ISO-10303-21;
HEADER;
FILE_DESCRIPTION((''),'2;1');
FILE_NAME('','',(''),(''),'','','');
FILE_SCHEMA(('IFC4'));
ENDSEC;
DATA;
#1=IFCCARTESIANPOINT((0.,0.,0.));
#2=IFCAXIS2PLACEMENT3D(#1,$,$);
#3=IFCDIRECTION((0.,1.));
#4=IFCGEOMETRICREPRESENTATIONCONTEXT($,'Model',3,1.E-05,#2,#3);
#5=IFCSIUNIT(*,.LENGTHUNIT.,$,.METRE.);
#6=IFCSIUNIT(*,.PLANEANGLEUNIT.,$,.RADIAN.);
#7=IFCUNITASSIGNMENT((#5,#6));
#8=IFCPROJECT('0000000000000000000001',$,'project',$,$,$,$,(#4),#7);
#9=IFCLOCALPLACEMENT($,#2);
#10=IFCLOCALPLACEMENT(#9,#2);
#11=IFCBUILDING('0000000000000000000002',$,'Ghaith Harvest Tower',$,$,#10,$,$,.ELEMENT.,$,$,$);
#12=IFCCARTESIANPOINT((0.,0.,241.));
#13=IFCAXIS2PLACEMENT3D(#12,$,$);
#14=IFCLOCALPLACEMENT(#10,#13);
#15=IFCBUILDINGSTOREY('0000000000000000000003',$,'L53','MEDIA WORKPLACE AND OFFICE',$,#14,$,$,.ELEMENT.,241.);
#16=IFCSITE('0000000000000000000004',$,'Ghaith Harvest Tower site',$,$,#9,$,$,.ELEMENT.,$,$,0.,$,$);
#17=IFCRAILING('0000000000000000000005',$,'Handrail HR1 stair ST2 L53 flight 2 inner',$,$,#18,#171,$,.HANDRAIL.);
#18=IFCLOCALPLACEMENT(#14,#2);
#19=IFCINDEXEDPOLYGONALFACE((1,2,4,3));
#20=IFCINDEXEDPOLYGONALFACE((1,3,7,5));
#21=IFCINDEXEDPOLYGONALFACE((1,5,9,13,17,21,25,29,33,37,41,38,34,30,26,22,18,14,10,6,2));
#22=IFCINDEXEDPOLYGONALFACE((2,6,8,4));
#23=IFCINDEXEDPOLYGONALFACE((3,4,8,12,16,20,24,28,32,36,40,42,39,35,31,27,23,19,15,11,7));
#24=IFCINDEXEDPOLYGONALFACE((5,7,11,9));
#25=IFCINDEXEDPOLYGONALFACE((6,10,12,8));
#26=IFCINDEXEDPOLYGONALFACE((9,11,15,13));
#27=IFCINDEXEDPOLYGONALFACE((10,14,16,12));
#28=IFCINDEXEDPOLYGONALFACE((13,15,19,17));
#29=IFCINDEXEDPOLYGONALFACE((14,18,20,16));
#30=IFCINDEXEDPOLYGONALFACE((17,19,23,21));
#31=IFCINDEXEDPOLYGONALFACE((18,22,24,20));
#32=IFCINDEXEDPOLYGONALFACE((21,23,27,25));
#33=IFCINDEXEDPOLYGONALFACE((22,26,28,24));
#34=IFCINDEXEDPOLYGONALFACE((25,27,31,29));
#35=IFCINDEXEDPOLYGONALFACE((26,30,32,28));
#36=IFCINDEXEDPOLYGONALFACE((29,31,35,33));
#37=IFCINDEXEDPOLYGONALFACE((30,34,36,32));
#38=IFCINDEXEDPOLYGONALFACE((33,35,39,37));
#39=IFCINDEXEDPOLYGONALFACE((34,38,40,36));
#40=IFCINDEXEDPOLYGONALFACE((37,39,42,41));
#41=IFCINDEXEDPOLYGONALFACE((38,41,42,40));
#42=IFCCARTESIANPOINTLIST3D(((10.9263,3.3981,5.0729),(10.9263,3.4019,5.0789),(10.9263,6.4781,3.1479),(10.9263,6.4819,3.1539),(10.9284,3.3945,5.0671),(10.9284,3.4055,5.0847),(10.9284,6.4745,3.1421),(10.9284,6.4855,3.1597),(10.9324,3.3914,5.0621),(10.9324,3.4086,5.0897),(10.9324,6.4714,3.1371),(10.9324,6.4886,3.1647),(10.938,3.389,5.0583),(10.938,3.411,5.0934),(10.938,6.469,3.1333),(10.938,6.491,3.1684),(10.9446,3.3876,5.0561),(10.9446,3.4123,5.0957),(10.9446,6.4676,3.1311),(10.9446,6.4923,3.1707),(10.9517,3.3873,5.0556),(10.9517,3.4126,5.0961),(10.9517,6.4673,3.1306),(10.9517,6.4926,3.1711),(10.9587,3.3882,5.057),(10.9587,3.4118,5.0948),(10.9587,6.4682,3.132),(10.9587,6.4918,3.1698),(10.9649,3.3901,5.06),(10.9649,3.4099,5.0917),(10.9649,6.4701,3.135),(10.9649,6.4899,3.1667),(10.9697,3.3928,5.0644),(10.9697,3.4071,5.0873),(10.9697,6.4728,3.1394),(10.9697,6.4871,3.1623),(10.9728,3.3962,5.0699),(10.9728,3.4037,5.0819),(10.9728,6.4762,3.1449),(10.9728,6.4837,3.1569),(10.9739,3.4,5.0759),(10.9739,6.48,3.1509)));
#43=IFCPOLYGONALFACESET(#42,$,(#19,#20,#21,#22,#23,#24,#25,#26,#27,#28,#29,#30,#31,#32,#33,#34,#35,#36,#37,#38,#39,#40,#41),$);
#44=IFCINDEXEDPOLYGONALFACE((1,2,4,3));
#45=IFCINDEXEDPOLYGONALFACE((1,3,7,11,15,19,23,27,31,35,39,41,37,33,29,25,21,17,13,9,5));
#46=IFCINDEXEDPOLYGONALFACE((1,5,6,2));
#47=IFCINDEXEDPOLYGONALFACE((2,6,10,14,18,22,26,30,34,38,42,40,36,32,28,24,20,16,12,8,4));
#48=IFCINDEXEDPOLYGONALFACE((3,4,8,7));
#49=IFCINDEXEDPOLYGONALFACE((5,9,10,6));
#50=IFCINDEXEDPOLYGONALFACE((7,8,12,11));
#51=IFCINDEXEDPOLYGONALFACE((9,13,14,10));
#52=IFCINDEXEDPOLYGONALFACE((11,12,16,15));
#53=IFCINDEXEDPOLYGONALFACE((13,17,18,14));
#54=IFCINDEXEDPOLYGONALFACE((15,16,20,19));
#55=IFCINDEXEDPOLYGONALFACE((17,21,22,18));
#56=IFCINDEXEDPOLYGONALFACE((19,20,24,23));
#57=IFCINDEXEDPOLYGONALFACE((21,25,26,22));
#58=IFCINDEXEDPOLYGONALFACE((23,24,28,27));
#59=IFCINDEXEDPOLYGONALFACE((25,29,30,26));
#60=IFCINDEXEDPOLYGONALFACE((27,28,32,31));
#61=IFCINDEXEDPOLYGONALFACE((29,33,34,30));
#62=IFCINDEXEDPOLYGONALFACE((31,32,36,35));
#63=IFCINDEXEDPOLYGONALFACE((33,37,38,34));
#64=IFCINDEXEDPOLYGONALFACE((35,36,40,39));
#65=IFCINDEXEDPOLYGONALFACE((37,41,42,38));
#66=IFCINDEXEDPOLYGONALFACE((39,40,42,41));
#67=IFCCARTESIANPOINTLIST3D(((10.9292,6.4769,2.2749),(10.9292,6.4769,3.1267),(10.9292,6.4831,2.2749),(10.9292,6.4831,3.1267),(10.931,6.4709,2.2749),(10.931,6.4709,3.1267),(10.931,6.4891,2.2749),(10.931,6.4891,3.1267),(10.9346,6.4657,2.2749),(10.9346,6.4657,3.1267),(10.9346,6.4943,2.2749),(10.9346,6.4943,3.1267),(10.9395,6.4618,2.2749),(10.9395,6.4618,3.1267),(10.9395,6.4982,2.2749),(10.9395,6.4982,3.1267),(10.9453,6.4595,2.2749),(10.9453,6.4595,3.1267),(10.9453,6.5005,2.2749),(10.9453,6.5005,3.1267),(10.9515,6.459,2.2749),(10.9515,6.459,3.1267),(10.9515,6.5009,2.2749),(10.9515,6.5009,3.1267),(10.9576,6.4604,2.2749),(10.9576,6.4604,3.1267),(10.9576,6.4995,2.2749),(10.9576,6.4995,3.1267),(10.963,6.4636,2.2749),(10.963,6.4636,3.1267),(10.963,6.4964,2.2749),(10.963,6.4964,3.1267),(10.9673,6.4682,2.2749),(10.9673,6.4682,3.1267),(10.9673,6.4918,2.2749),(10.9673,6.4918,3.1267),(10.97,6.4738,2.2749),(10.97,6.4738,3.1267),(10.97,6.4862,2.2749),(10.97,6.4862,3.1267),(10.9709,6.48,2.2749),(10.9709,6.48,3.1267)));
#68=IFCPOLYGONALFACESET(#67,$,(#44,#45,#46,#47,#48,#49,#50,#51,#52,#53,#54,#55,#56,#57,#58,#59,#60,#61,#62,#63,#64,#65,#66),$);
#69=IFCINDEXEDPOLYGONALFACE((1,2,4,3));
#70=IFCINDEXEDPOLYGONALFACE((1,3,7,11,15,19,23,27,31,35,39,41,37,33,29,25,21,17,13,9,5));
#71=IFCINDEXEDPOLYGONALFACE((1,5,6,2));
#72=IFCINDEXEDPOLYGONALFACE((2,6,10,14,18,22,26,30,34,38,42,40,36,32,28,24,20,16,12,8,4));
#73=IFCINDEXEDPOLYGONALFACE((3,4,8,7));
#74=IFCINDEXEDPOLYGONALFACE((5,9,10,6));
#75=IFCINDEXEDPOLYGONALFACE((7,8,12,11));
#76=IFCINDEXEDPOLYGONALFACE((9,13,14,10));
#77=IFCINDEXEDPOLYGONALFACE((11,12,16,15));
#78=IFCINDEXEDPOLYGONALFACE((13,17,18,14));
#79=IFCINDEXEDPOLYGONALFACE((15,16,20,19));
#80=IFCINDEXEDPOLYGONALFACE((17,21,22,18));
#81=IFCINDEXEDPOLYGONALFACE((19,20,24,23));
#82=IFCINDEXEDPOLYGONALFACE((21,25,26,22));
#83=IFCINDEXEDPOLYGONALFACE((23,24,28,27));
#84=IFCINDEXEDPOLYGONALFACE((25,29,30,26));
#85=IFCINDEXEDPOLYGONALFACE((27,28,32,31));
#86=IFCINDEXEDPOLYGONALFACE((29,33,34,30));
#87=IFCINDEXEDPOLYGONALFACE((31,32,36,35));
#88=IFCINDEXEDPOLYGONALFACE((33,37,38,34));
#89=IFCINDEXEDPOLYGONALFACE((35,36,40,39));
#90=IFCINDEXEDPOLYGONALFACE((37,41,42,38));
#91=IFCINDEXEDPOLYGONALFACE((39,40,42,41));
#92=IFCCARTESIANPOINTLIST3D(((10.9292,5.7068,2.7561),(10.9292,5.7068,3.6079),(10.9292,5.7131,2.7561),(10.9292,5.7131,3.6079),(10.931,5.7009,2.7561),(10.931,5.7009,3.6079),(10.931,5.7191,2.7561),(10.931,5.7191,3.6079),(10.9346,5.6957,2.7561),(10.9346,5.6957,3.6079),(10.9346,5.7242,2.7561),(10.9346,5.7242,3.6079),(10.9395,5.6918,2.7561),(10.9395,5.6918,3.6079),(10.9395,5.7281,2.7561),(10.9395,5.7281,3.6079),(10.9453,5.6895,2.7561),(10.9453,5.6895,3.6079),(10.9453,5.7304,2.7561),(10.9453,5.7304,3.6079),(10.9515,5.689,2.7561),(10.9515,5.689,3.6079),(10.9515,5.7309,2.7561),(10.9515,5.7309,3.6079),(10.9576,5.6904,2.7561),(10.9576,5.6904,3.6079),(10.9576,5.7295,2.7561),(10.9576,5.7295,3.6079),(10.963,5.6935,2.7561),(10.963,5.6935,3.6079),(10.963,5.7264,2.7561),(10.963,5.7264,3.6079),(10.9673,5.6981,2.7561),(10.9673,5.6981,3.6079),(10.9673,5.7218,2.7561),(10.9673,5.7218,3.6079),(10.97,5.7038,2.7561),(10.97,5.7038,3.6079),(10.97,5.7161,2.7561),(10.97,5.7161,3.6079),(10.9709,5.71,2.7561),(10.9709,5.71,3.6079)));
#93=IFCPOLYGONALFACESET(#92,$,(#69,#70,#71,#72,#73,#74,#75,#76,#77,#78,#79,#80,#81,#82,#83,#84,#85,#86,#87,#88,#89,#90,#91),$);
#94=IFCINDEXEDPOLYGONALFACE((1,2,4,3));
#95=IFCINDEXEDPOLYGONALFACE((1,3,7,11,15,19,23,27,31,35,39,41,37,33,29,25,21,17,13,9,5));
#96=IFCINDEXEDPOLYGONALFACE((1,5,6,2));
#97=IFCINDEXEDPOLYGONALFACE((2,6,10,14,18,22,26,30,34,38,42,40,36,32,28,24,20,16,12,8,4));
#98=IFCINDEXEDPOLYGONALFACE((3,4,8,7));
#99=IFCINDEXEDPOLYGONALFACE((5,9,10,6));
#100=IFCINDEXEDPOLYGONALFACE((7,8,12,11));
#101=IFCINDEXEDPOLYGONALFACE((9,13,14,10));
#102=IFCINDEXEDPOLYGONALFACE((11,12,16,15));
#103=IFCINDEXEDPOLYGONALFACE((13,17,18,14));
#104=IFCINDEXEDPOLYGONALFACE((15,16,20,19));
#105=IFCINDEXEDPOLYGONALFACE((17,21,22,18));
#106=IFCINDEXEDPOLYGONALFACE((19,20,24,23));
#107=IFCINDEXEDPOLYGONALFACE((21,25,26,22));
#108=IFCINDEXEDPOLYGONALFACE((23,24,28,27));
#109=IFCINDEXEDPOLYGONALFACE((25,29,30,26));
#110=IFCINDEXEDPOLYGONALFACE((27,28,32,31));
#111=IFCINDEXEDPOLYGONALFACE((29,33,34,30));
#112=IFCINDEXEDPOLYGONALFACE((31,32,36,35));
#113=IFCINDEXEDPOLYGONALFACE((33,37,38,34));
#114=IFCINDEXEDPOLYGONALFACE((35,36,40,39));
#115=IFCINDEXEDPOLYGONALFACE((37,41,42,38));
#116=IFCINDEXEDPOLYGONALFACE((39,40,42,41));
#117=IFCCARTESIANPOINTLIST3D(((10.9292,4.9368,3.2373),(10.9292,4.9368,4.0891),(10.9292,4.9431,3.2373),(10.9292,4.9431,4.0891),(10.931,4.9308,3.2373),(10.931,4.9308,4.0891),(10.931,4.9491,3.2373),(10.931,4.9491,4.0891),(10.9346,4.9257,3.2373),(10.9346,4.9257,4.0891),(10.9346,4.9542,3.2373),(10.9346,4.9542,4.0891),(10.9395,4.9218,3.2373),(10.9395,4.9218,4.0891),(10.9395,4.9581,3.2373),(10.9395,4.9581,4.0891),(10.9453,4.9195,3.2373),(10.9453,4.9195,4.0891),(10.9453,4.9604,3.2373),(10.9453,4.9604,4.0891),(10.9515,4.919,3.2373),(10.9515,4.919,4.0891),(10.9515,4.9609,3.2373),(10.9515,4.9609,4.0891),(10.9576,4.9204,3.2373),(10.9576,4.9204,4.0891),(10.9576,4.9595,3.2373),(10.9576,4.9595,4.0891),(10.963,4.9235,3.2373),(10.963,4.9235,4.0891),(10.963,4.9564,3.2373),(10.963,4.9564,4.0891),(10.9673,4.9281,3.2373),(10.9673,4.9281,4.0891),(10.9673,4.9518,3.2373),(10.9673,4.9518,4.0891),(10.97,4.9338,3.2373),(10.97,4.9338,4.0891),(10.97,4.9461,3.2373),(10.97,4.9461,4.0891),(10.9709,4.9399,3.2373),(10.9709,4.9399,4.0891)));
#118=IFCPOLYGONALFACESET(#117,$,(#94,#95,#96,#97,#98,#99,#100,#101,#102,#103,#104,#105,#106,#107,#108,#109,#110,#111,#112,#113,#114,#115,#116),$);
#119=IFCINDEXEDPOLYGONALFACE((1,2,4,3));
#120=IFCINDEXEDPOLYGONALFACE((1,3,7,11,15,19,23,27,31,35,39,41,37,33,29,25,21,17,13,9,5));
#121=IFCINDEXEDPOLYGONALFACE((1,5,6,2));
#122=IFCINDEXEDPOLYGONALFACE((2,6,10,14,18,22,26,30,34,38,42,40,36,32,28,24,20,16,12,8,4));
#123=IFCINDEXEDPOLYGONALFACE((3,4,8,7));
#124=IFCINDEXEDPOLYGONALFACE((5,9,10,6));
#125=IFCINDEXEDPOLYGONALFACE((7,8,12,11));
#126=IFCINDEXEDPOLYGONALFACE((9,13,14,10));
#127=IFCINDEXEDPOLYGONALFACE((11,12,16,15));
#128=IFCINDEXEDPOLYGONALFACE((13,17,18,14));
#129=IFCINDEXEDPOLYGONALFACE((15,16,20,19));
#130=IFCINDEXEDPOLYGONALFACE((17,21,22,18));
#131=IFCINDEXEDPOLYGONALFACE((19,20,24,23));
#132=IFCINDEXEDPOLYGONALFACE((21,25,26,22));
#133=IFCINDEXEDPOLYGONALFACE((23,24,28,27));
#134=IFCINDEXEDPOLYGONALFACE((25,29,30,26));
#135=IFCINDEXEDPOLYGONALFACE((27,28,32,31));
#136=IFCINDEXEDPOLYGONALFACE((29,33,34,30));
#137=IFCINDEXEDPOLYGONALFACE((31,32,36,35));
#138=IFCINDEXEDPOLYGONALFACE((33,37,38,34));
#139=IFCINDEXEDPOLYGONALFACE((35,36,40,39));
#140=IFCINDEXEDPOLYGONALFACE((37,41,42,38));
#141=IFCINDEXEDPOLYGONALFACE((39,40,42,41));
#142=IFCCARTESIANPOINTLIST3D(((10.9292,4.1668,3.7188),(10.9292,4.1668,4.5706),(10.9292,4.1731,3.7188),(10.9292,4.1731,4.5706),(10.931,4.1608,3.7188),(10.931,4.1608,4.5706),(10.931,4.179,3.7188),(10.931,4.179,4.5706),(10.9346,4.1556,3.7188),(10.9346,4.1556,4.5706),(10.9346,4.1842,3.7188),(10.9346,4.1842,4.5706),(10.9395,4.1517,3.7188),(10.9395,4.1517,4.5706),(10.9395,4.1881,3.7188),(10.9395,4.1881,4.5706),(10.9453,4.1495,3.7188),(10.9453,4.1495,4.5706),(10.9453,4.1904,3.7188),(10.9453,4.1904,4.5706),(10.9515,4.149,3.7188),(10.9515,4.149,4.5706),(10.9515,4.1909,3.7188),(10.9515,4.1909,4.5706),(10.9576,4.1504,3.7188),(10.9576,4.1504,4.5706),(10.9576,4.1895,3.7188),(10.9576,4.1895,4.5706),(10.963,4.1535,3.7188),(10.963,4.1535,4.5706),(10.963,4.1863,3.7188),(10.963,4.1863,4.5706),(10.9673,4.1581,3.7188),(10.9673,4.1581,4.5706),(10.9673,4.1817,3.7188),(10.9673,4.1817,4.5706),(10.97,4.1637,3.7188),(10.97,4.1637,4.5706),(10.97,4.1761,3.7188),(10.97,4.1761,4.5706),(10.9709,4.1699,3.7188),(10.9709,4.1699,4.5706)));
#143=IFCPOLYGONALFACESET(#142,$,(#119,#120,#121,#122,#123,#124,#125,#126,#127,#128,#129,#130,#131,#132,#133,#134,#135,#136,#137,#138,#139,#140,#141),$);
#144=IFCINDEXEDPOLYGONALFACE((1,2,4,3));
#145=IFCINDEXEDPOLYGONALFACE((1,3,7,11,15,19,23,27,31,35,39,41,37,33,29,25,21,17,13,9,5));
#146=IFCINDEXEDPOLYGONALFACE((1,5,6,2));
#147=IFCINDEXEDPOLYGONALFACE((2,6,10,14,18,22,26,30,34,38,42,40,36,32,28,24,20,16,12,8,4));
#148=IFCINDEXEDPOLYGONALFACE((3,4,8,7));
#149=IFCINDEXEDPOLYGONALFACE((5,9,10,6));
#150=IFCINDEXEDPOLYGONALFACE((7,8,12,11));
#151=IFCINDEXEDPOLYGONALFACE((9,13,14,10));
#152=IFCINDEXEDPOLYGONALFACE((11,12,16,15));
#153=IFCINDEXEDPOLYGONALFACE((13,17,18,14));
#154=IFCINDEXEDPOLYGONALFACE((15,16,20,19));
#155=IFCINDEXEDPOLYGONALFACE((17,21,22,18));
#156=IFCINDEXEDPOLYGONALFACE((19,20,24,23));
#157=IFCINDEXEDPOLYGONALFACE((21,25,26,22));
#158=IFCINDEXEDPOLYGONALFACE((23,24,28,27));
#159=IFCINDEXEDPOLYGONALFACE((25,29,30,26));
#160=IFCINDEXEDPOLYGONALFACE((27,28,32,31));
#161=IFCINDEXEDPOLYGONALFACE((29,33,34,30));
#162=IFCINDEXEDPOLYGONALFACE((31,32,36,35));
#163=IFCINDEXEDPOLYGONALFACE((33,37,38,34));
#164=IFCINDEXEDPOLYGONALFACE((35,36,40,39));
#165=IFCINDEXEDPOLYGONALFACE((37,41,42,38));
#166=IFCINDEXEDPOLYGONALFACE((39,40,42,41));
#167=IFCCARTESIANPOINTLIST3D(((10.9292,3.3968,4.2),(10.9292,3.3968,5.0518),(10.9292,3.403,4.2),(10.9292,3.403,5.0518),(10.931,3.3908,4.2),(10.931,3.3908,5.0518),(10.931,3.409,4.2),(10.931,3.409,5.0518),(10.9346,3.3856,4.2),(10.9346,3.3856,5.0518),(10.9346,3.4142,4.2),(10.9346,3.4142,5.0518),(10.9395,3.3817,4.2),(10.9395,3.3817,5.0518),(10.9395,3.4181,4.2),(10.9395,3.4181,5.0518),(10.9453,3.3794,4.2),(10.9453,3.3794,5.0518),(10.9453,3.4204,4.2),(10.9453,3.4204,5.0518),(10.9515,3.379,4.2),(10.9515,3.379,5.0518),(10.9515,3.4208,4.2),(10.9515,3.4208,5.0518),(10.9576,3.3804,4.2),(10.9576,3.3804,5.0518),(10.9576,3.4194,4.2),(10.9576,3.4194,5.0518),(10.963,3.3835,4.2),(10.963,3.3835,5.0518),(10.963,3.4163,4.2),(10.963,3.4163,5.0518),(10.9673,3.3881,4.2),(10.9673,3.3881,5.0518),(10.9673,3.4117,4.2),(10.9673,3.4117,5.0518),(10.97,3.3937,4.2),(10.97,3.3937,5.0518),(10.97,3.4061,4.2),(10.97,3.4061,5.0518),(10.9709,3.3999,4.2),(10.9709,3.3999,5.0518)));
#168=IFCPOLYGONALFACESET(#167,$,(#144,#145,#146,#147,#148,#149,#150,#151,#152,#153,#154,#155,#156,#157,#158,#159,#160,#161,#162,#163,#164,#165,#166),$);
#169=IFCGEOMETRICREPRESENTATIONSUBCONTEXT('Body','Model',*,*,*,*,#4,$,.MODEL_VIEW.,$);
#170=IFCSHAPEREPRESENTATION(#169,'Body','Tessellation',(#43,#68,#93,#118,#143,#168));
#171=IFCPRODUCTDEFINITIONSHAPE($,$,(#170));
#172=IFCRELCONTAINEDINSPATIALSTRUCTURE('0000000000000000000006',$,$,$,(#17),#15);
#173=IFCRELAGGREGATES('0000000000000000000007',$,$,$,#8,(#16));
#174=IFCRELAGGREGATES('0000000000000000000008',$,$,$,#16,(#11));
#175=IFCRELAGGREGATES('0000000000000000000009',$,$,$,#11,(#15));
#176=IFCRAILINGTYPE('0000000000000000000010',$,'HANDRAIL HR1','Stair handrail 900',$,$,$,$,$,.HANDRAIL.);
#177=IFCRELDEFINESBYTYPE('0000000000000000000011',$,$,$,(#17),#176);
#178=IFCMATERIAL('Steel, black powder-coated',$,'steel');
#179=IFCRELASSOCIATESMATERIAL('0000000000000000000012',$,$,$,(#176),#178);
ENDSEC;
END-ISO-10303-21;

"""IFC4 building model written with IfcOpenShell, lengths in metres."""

from ifc_helpers import new_model, si_unit, direction, frame, origin, origin_2d, place, context, subcontext, project, spatial, circle, extrude, material, type_object, element, save


model = new_model("IFC4")

# Units and contexts
model_context = context("Model", 3, precision=1e-05, world=origin(), true_north=direction((0.0, 1.0)))
body_context = subcontext(model_context, "Body", "Model", "MODEL_VIEW")
ifc_project = project(units=[si_unit("LENGTHUNIT", "METRE"), si_unit("PLANEANGLEUNIT", "RADIAN")], contexts=[model_context])

# Site, building, storey
site_placement = place(None, origin())
site = spatial("IfcSite", under=ifc_project, at=site_placement, Name="Ghaith Harvest Tower site", CompositionType="ELEMENT", RefElevation=0.0)
building_placement = place(site_placement, origin())
building = spatial("IfcBuilding", under=site, at=building_placement, Name="Ghaith Harvest Tower", CompositionType="ELEMENT")
storey_placement = place(building_placement, frame((0.0, 0.0, 241.0)))
storey = spatial("IfcBuildingStorey", under=building, at=storey_placement, Name="L53", Description="MEDIA WORKPLACE AND OFFICE", CompositionType="ELEMENT", Elevation=241.0)

# Railing
ifc_material_1 = material(Name="Steel, black powder-coated", Category="steel")
railing_type = type_object("IfcRailingType", Name="HANDRAIL HR1", Description="Stair handrail 900", PredefinedType="HANDRAIL", material=ifc_material_1)
railing_1_placement = place(storey_placement, frame((10.95, 6.48, 2.2749)))
element("IfcRailing", 1, at=railing_1_placement, inside=storey, type_object=railing_type, Name="Handrail HR1 stair ST2 L53 flight 2 inner", PredefinedType="HANDRAIL", context=body_context, shape_type="SweptSolid", body=[
    extrude(circle(Radius=0.0239, at=origin_2d()), frame((0.0, 0.0, 0.876), z_axis=(0.0, -0.847998, 0.529999), x_axis=(1.0, 0.0, 0.0)), (0.0, 0.0, 1.0), 3.6321),
    extrude(circle(Radius=0.021, at=origin_2d()), origin(), (0.0, 0.0, 1.0), 0.8518),
    extrude(circle(Radius=0.021, at=origin_2d()), frame((0.0, -0.77, 0.4812)), (0.0, 0.0, 1.0), 0.8518),
    extrude(circle(Radius=0.021, at=origin_2d()), frame((0.0, -1.54, 0.9624)), (0.0, 0.0, 1.0), 0.8518),
    extrude(circle(Radius=0.021, at=origin_2d()), frame((0.0, -2.3101, 1.4438)), (0.0, 0.0, 1.0), 0.8518),
    extrude(circle(Radius=0.021, at=origin_2d()), frame((0.0, -3.0801, 1.925)), (0.0, 0.0, 1.0), 0.8518),
])

save(model, "model.ifc")
